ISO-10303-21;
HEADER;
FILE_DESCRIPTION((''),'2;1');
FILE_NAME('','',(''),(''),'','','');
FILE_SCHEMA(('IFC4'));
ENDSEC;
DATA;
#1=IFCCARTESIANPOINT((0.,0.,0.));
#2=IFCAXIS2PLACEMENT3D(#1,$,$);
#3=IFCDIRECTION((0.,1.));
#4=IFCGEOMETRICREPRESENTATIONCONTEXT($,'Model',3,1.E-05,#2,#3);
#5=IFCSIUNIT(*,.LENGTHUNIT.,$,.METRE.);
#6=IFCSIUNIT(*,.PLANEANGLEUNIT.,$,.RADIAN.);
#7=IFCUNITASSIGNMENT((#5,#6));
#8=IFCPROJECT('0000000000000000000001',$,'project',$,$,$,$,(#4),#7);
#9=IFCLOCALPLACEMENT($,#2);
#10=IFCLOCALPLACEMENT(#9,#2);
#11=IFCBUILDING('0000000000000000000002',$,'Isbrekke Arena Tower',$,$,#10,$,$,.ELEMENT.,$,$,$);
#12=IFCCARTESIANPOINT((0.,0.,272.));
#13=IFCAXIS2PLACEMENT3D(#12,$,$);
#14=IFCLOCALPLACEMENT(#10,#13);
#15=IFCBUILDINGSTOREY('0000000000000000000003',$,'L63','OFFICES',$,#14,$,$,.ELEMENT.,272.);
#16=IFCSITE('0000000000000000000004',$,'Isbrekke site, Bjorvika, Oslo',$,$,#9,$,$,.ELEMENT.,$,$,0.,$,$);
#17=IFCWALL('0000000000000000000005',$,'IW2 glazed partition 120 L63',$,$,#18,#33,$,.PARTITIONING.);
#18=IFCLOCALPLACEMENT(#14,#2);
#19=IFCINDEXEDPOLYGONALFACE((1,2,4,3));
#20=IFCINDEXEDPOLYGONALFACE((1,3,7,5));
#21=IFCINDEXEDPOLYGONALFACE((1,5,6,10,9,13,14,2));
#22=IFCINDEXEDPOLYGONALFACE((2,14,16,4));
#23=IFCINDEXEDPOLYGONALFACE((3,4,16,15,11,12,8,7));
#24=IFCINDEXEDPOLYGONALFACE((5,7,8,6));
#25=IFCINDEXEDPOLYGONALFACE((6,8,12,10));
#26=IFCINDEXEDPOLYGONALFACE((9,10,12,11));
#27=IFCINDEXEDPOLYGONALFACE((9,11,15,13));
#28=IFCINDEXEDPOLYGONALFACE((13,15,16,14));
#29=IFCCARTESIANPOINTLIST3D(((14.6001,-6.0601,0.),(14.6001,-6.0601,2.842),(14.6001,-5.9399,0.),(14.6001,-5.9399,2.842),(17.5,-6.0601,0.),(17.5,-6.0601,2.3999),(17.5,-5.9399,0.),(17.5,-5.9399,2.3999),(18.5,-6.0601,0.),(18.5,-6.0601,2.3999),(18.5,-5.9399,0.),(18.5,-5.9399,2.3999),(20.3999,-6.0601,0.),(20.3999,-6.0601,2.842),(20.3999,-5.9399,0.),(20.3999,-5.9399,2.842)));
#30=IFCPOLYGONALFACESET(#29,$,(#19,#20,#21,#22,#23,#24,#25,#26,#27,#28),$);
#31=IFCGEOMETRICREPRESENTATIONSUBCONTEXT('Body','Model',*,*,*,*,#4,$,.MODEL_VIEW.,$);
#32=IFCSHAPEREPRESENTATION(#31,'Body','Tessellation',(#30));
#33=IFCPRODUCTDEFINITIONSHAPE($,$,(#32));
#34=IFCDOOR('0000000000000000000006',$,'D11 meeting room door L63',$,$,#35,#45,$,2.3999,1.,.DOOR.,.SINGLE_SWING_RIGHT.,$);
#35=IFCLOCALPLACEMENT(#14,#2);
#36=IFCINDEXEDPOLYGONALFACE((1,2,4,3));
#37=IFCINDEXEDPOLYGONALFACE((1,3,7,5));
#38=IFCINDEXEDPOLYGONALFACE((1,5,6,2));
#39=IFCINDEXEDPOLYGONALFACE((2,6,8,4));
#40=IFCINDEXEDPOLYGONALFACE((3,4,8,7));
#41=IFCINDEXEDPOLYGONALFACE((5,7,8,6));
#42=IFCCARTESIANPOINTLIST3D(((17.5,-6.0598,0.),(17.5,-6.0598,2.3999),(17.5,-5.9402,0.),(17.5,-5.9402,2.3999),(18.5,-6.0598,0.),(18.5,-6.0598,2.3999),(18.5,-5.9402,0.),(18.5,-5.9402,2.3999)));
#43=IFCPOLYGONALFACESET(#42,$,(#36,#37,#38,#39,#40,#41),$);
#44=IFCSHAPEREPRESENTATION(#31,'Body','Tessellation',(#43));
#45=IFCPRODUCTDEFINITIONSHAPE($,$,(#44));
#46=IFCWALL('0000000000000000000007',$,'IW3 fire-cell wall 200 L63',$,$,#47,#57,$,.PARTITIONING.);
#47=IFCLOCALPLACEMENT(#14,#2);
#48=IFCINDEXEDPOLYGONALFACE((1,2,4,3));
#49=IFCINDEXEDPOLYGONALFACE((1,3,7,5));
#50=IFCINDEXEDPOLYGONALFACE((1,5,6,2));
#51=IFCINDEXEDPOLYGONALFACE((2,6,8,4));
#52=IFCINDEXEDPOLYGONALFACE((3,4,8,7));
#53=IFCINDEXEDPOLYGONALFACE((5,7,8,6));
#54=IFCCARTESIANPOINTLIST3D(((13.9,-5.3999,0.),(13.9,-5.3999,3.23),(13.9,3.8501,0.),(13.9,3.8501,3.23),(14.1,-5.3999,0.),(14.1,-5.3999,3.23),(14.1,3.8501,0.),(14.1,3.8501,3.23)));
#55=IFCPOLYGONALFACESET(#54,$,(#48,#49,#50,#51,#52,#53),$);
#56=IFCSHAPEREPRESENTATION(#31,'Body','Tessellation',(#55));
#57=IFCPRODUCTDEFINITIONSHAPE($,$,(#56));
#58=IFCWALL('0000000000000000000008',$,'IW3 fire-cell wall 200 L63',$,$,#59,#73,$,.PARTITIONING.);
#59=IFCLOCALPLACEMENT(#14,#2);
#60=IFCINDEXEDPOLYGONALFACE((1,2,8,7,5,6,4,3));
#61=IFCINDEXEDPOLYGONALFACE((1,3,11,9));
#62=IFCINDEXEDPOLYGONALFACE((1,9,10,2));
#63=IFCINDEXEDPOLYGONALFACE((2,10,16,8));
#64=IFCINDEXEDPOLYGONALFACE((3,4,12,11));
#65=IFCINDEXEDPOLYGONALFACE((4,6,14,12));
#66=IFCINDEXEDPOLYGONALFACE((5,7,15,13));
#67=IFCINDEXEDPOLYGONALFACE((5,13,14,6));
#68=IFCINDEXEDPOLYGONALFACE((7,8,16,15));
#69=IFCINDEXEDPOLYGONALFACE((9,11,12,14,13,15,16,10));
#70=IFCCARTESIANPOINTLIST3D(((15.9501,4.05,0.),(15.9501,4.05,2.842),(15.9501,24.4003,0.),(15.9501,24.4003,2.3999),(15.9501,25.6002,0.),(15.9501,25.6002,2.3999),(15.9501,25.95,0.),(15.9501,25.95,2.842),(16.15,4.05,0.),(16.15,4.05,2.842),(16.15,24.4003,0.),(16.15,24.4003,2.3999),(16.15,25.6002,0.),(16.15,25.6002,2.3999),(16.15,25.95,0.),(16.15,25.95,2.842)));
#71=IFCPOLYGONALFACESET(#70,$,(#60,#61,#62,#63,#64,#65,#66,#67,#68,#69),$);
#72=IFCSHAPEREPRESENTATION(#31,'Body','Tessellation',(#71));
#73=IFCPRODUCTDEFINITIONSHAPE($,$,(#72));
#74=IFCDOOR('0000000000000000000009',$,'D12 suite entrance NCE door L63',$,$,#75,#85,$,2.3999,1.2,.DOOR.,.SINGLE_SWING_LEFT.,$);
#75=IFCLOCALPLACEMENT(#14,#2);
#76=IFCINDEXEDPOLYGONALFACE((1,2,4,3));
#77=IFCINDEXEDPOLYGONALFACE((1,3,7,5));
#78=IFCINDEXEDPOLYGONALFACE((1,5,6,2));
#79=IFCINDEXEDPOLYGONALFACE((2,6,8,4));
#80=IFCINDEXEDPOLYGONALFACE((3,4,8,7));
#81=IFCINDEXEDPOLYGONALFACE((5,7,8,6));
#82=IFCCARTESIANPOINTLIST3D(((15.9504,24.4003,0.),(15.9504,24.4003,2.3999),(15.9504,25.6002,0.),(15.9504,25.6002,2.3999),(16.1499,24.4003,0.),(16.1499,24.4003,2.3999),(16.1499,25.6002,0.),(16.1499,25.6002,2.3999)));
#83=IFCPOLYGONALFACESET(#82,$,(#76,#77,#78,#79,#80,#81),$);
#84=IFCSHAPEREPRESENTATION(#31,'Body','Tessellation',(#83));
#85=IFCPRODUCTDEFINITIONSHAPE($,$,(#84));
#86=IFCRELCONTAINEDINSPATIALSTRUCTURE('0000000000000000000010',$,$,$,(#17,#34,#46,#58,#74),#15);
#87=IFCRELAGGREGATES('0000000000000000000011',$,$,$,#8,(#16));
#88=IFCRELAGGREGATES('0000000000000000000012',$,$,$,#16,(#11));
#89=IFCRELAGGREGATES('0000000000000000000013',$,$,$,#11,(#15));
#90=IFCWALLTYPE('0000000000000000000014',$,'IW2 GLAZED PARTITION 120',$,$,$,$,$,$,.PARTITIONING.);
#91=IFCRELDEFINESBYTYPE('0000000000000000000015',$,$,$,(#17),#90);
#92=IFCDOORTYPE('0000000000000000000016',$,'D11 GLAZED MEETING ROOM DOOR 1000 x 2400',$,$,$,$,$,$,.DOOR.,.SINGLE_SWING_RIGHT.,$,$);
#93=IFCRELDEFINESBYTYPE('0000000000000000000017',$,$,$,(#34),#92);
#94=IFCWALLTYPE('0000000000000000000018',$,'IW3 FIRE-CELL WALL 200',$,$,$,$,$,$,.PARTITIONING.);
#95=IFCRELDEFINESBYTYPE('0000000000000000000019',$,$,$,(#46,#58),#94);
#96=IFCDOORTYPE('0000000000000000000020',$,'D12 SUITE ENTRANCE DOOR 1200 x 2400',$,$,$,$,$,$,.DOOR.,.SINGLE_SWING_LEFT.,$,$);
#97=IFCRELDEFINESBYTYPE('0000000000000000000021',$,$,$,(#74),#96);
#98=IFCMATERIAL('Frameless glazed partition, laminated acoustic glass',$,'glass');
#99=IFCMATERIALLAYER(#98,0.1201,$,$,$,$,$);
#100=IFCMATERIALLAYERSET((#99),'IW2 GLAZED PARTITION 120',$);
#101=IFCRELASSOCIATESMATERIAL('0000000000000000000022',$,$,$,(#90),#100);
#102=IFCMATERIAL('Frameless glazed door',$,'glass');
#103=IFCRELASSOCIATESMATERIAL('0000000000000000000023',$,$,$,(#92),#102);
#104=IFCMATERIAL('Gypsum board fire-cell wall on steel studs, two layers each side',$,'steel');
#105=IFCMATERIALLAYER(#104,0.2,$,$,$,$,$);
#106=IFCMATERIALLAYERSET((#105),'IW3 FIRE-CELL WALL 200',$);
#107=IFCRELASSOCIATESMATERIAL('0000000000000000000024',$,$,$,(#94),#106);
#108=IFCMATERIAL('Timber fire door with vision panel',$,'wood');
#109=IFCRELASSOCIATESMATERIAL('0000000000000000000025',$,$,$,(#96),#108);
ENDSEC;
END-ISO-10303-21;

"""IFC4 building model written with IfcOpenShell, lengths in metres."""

from ifc_helpers import new_model, si_unit, direction, frame, frame_2d, origin, place, context, subcontext, project, spatial, rectangle, extrude, material, layer, layer_set, type_object, element, fill, save


model = new_model("IFC4")

# Units and contexts
model_context = context("Model", 3, precision=1e-05, world=origin(), true_north=direction((0.0, 1.0)))
body_context = subcontext(model_context, "Body", "Model", "MODEL_VIEW")
ifc_project = project(units=[si_unit("LENGTHUNIT", "METRE"), si_unit("PLANEANGLEUNIT", "RADIAN")], contexts=[model_context])

# Site, building, storey
site_placement = place(None, origin())
site = spatial("IfcSite", under=ifc_project, at=site_placement, Name="Isbrekke site, Bjorvika, Oslo", CompositionType="ELEMENT", RefElevation=0.0)
building_placement = place(site_placement, origin())
building = spatial("IfcBuilding", under=site, at=building_placement, Name="Isbrekke Arena Tower", CompositionType="ELEMENT")
storey_placement = place(building_placement, frame((0.0, 0.0, 272.0)))
storey = spatial("IfcBuildingStorey", under=building, at=storey_placement, Name="L63", Description="OFFICES", CompositionType="ELEMENT", Elevation=272.0)

# Wall, opening, door
ifc_material_1 = material(Name="Frameless glazed partition, laminated acoustic glass", Category="glass")
ifc_layer_1 = layer(ifc_material_1, 0.1201)
ifc_layer_set_1 = layer_set([ifc_layer_1], Name="IW2 GLAZED PARTITION 120")
wall_type_1 = type_object("IfcWallType", Name="IW2 GLAZED PARTITION 120", PredefinedType="PARTITIONING", material=ifc_layer_set_1)
wall_1_placement = place(storey_placement, frame((14.6001, -6.0, 0.0), z_axis=(0.0, 0.0, 1.0), x_axis=(1.0, 0.0, 0.0)))
wall_1 = element("IfcWall", 1, at=wall_1_placement, inside=storey, type_object=wall_type_1, Name="IW2 glazed partition 120 L63", PredefinedType="PARTITIONING", context=body_context, shape_type="SweptSolid", body=[
    extrude(rectangle(XDim=5.7998, YDim=0.1201, at=frame_2d((2.8999, 0.0))), origin(), (0.0, 0.0, 1.0), 2.842),
])
opening_1_placement = place(wall_1_placement, frame((2.8999, 0.0, 0.0)))
opening_1 = element("IfcOpeningElement", 2, at=opening_1_placement, cuts=wall_1, PredefinedType="OPENING", context=body_context, shape_type="SweptSolid", body=[
    extrude(rectangle(XDim=1.0, YDim=2.3999, at=frame_2d((0.5, 1.2))), frame((0.0, 0.075, 0.0), z_axis=(0.0, -1.0, 0.0), x_axis=(1.0, 0.0, 0.0)), (0.0, 0.0, 1.0), 0.1499),
])
ifc_material_2 = material(Name="Frameless glazed door", Category="glass")
door_type_1 = type_object("IfcDoorType", Name="D11 GLAZED MEETING ROOM DOOR 1000 x 2400", OperationType="SINGLE_SWING_RIGHT", PredefinedType="DOOR", material=ifc_material_2)
door_1_placement = place(opening_1_placement, origin())
door_1 = element("IfcDoor", 3, at=door_1_placement, inside=storey, type_object=door_type_1, Name="D11 meeting room door L63", OperationType="SINGLE_SWING_RIGHT", OverallHeight=2.3999, OverallWidth=1.0, PredefinedType="DOOR", context=body_context, shape_type="SweptSolid", body=[
    extrude(rectangle(XDim=1.0, YDim=2.3999, at=frame_2d((0.5, 1.2))), frame((0.0, 0.0598, 0.0), z_axis=(0.0, -1.0, 0.0), x_axis=(1.0, 0.0, 0.0)), (0.0, 0.0, 1.0), 0.1196),
])
fill(opening_1, door_1)

# Shared definitions
ifc_material_3 = material(Name="Gypsum board fire-cell wall on steel studs, two layers each side", Category="steel")
ifc_layer_2 = layer(ifc_material_3, 0.2)
ifc_layer_set_2 = layer_set([ifc_layer_2], Name="IW3 FIRE-CELL WALL 200")
wall_type_2 = type_object("IfcWallType", Name="IW3 FIRE-CELL WALL 200", PredefinedType="PARTITIONING", material=ifc_layer_set_2)
ifc_material_4 = material(Name="Timber fire door with vision panel", Category="wood")
door_type_2 = type_object("IfcDoorType", Name="D12 SUITE ENTRANCE DOOR 1200 x 2400", OperationType="SINGLE_SWING_LEFT", PredefinedType="DOOR", material=ifc_material_4)

# Wall
wall_2_placement = place(storey_placement, frame((14.0, -5.3999, 0.0), z_axis=(0.0, 0.0, 1.0), x_axis=(0.0, 1.0, 0.0)))
element("IfcWall", 4, at=wall_2_placement, inside=storey, type_object=wall_type_2, Name="IW3 fire-cell wall 200 L63", PredefinedType="PARTITIONING", context=body_context, shape_type="SweptSolid", body=[
    extrude(rectangle(XDim=9.25, YDim=0.2, at=frame_2d((4.625, 0.0))), origin(), (0.0, 0.0, 1.0), 3.23),
])

# Wall, opening, door
wall_3_placement = place(storey_placement, frame((16.05, 4.05, 0.0), z_axis=(0.0, 0.0, 1.0), x_axis=(0.0, 1.0, 0.0)))
wall_3 = element("IfcWall", 5, at=wall_3_placement, inside=storey, type_object=wall_type_2, Name="IW3 fire-cell wall 200 L63", PredefinedType="PARTITIONING", context=body_context, shape_type="SweptSolid", body=[
    extrude(rectangle(XDim=21.8999, YDim=0.2, at=frame_2d((10.95, 0.0))), origin(), (0.0, 0.0, 1.0), 2.842),
])
opening_2_placement = place(wall_3_placement, frame((20.3501, 0.0, 0.0)))
opening_2 = element("IfcOpeningElement", 6, at=opening_2_placement, cuts=wall_3, PredefinedType="OPENING", context=body_context, shape_type="SweptSolid", body=[
    extrude(rectangle(XDim=1.2, YDim=2.3999, at=frame_2d((0.6001, 1.2))), frame((0.0, 0.1147, 0.0), z_axis=(0.0, -1.0, 0.0), x_axis=(1.0, 0.0, 0.0)), (0.0, 0.0, 1.0), 0.2297),
])
door_2_placement = place(opening_2_placement, origin())
door_2 = element("IfcDoor", 7, at=door_2_placement, inside=storey, type_object=door_type_2, Name="D12 suite entrance NCE door L63", OperationType="SINGLE_SWING_LEFT", OverallHeight=2.3999, OverallWidth=1.2, PredefinedType="DOOR", context=body_context, shape_type="SweptSolid", body=[
    extrude(rectangle(XDim=1.2, YDim=2.3999, at=frame_2d((0.6001, 1.2))), frame((0.0, 0.0996, 0.0), z_axis=(0.0, -1.0, 0.0), x_axis=(1.0, 0.0, 0.0)), (0.0, 0.0, 1.0), 0.1995),
])
fill(opening_2, door_2)

save(model, "model.ifc")
